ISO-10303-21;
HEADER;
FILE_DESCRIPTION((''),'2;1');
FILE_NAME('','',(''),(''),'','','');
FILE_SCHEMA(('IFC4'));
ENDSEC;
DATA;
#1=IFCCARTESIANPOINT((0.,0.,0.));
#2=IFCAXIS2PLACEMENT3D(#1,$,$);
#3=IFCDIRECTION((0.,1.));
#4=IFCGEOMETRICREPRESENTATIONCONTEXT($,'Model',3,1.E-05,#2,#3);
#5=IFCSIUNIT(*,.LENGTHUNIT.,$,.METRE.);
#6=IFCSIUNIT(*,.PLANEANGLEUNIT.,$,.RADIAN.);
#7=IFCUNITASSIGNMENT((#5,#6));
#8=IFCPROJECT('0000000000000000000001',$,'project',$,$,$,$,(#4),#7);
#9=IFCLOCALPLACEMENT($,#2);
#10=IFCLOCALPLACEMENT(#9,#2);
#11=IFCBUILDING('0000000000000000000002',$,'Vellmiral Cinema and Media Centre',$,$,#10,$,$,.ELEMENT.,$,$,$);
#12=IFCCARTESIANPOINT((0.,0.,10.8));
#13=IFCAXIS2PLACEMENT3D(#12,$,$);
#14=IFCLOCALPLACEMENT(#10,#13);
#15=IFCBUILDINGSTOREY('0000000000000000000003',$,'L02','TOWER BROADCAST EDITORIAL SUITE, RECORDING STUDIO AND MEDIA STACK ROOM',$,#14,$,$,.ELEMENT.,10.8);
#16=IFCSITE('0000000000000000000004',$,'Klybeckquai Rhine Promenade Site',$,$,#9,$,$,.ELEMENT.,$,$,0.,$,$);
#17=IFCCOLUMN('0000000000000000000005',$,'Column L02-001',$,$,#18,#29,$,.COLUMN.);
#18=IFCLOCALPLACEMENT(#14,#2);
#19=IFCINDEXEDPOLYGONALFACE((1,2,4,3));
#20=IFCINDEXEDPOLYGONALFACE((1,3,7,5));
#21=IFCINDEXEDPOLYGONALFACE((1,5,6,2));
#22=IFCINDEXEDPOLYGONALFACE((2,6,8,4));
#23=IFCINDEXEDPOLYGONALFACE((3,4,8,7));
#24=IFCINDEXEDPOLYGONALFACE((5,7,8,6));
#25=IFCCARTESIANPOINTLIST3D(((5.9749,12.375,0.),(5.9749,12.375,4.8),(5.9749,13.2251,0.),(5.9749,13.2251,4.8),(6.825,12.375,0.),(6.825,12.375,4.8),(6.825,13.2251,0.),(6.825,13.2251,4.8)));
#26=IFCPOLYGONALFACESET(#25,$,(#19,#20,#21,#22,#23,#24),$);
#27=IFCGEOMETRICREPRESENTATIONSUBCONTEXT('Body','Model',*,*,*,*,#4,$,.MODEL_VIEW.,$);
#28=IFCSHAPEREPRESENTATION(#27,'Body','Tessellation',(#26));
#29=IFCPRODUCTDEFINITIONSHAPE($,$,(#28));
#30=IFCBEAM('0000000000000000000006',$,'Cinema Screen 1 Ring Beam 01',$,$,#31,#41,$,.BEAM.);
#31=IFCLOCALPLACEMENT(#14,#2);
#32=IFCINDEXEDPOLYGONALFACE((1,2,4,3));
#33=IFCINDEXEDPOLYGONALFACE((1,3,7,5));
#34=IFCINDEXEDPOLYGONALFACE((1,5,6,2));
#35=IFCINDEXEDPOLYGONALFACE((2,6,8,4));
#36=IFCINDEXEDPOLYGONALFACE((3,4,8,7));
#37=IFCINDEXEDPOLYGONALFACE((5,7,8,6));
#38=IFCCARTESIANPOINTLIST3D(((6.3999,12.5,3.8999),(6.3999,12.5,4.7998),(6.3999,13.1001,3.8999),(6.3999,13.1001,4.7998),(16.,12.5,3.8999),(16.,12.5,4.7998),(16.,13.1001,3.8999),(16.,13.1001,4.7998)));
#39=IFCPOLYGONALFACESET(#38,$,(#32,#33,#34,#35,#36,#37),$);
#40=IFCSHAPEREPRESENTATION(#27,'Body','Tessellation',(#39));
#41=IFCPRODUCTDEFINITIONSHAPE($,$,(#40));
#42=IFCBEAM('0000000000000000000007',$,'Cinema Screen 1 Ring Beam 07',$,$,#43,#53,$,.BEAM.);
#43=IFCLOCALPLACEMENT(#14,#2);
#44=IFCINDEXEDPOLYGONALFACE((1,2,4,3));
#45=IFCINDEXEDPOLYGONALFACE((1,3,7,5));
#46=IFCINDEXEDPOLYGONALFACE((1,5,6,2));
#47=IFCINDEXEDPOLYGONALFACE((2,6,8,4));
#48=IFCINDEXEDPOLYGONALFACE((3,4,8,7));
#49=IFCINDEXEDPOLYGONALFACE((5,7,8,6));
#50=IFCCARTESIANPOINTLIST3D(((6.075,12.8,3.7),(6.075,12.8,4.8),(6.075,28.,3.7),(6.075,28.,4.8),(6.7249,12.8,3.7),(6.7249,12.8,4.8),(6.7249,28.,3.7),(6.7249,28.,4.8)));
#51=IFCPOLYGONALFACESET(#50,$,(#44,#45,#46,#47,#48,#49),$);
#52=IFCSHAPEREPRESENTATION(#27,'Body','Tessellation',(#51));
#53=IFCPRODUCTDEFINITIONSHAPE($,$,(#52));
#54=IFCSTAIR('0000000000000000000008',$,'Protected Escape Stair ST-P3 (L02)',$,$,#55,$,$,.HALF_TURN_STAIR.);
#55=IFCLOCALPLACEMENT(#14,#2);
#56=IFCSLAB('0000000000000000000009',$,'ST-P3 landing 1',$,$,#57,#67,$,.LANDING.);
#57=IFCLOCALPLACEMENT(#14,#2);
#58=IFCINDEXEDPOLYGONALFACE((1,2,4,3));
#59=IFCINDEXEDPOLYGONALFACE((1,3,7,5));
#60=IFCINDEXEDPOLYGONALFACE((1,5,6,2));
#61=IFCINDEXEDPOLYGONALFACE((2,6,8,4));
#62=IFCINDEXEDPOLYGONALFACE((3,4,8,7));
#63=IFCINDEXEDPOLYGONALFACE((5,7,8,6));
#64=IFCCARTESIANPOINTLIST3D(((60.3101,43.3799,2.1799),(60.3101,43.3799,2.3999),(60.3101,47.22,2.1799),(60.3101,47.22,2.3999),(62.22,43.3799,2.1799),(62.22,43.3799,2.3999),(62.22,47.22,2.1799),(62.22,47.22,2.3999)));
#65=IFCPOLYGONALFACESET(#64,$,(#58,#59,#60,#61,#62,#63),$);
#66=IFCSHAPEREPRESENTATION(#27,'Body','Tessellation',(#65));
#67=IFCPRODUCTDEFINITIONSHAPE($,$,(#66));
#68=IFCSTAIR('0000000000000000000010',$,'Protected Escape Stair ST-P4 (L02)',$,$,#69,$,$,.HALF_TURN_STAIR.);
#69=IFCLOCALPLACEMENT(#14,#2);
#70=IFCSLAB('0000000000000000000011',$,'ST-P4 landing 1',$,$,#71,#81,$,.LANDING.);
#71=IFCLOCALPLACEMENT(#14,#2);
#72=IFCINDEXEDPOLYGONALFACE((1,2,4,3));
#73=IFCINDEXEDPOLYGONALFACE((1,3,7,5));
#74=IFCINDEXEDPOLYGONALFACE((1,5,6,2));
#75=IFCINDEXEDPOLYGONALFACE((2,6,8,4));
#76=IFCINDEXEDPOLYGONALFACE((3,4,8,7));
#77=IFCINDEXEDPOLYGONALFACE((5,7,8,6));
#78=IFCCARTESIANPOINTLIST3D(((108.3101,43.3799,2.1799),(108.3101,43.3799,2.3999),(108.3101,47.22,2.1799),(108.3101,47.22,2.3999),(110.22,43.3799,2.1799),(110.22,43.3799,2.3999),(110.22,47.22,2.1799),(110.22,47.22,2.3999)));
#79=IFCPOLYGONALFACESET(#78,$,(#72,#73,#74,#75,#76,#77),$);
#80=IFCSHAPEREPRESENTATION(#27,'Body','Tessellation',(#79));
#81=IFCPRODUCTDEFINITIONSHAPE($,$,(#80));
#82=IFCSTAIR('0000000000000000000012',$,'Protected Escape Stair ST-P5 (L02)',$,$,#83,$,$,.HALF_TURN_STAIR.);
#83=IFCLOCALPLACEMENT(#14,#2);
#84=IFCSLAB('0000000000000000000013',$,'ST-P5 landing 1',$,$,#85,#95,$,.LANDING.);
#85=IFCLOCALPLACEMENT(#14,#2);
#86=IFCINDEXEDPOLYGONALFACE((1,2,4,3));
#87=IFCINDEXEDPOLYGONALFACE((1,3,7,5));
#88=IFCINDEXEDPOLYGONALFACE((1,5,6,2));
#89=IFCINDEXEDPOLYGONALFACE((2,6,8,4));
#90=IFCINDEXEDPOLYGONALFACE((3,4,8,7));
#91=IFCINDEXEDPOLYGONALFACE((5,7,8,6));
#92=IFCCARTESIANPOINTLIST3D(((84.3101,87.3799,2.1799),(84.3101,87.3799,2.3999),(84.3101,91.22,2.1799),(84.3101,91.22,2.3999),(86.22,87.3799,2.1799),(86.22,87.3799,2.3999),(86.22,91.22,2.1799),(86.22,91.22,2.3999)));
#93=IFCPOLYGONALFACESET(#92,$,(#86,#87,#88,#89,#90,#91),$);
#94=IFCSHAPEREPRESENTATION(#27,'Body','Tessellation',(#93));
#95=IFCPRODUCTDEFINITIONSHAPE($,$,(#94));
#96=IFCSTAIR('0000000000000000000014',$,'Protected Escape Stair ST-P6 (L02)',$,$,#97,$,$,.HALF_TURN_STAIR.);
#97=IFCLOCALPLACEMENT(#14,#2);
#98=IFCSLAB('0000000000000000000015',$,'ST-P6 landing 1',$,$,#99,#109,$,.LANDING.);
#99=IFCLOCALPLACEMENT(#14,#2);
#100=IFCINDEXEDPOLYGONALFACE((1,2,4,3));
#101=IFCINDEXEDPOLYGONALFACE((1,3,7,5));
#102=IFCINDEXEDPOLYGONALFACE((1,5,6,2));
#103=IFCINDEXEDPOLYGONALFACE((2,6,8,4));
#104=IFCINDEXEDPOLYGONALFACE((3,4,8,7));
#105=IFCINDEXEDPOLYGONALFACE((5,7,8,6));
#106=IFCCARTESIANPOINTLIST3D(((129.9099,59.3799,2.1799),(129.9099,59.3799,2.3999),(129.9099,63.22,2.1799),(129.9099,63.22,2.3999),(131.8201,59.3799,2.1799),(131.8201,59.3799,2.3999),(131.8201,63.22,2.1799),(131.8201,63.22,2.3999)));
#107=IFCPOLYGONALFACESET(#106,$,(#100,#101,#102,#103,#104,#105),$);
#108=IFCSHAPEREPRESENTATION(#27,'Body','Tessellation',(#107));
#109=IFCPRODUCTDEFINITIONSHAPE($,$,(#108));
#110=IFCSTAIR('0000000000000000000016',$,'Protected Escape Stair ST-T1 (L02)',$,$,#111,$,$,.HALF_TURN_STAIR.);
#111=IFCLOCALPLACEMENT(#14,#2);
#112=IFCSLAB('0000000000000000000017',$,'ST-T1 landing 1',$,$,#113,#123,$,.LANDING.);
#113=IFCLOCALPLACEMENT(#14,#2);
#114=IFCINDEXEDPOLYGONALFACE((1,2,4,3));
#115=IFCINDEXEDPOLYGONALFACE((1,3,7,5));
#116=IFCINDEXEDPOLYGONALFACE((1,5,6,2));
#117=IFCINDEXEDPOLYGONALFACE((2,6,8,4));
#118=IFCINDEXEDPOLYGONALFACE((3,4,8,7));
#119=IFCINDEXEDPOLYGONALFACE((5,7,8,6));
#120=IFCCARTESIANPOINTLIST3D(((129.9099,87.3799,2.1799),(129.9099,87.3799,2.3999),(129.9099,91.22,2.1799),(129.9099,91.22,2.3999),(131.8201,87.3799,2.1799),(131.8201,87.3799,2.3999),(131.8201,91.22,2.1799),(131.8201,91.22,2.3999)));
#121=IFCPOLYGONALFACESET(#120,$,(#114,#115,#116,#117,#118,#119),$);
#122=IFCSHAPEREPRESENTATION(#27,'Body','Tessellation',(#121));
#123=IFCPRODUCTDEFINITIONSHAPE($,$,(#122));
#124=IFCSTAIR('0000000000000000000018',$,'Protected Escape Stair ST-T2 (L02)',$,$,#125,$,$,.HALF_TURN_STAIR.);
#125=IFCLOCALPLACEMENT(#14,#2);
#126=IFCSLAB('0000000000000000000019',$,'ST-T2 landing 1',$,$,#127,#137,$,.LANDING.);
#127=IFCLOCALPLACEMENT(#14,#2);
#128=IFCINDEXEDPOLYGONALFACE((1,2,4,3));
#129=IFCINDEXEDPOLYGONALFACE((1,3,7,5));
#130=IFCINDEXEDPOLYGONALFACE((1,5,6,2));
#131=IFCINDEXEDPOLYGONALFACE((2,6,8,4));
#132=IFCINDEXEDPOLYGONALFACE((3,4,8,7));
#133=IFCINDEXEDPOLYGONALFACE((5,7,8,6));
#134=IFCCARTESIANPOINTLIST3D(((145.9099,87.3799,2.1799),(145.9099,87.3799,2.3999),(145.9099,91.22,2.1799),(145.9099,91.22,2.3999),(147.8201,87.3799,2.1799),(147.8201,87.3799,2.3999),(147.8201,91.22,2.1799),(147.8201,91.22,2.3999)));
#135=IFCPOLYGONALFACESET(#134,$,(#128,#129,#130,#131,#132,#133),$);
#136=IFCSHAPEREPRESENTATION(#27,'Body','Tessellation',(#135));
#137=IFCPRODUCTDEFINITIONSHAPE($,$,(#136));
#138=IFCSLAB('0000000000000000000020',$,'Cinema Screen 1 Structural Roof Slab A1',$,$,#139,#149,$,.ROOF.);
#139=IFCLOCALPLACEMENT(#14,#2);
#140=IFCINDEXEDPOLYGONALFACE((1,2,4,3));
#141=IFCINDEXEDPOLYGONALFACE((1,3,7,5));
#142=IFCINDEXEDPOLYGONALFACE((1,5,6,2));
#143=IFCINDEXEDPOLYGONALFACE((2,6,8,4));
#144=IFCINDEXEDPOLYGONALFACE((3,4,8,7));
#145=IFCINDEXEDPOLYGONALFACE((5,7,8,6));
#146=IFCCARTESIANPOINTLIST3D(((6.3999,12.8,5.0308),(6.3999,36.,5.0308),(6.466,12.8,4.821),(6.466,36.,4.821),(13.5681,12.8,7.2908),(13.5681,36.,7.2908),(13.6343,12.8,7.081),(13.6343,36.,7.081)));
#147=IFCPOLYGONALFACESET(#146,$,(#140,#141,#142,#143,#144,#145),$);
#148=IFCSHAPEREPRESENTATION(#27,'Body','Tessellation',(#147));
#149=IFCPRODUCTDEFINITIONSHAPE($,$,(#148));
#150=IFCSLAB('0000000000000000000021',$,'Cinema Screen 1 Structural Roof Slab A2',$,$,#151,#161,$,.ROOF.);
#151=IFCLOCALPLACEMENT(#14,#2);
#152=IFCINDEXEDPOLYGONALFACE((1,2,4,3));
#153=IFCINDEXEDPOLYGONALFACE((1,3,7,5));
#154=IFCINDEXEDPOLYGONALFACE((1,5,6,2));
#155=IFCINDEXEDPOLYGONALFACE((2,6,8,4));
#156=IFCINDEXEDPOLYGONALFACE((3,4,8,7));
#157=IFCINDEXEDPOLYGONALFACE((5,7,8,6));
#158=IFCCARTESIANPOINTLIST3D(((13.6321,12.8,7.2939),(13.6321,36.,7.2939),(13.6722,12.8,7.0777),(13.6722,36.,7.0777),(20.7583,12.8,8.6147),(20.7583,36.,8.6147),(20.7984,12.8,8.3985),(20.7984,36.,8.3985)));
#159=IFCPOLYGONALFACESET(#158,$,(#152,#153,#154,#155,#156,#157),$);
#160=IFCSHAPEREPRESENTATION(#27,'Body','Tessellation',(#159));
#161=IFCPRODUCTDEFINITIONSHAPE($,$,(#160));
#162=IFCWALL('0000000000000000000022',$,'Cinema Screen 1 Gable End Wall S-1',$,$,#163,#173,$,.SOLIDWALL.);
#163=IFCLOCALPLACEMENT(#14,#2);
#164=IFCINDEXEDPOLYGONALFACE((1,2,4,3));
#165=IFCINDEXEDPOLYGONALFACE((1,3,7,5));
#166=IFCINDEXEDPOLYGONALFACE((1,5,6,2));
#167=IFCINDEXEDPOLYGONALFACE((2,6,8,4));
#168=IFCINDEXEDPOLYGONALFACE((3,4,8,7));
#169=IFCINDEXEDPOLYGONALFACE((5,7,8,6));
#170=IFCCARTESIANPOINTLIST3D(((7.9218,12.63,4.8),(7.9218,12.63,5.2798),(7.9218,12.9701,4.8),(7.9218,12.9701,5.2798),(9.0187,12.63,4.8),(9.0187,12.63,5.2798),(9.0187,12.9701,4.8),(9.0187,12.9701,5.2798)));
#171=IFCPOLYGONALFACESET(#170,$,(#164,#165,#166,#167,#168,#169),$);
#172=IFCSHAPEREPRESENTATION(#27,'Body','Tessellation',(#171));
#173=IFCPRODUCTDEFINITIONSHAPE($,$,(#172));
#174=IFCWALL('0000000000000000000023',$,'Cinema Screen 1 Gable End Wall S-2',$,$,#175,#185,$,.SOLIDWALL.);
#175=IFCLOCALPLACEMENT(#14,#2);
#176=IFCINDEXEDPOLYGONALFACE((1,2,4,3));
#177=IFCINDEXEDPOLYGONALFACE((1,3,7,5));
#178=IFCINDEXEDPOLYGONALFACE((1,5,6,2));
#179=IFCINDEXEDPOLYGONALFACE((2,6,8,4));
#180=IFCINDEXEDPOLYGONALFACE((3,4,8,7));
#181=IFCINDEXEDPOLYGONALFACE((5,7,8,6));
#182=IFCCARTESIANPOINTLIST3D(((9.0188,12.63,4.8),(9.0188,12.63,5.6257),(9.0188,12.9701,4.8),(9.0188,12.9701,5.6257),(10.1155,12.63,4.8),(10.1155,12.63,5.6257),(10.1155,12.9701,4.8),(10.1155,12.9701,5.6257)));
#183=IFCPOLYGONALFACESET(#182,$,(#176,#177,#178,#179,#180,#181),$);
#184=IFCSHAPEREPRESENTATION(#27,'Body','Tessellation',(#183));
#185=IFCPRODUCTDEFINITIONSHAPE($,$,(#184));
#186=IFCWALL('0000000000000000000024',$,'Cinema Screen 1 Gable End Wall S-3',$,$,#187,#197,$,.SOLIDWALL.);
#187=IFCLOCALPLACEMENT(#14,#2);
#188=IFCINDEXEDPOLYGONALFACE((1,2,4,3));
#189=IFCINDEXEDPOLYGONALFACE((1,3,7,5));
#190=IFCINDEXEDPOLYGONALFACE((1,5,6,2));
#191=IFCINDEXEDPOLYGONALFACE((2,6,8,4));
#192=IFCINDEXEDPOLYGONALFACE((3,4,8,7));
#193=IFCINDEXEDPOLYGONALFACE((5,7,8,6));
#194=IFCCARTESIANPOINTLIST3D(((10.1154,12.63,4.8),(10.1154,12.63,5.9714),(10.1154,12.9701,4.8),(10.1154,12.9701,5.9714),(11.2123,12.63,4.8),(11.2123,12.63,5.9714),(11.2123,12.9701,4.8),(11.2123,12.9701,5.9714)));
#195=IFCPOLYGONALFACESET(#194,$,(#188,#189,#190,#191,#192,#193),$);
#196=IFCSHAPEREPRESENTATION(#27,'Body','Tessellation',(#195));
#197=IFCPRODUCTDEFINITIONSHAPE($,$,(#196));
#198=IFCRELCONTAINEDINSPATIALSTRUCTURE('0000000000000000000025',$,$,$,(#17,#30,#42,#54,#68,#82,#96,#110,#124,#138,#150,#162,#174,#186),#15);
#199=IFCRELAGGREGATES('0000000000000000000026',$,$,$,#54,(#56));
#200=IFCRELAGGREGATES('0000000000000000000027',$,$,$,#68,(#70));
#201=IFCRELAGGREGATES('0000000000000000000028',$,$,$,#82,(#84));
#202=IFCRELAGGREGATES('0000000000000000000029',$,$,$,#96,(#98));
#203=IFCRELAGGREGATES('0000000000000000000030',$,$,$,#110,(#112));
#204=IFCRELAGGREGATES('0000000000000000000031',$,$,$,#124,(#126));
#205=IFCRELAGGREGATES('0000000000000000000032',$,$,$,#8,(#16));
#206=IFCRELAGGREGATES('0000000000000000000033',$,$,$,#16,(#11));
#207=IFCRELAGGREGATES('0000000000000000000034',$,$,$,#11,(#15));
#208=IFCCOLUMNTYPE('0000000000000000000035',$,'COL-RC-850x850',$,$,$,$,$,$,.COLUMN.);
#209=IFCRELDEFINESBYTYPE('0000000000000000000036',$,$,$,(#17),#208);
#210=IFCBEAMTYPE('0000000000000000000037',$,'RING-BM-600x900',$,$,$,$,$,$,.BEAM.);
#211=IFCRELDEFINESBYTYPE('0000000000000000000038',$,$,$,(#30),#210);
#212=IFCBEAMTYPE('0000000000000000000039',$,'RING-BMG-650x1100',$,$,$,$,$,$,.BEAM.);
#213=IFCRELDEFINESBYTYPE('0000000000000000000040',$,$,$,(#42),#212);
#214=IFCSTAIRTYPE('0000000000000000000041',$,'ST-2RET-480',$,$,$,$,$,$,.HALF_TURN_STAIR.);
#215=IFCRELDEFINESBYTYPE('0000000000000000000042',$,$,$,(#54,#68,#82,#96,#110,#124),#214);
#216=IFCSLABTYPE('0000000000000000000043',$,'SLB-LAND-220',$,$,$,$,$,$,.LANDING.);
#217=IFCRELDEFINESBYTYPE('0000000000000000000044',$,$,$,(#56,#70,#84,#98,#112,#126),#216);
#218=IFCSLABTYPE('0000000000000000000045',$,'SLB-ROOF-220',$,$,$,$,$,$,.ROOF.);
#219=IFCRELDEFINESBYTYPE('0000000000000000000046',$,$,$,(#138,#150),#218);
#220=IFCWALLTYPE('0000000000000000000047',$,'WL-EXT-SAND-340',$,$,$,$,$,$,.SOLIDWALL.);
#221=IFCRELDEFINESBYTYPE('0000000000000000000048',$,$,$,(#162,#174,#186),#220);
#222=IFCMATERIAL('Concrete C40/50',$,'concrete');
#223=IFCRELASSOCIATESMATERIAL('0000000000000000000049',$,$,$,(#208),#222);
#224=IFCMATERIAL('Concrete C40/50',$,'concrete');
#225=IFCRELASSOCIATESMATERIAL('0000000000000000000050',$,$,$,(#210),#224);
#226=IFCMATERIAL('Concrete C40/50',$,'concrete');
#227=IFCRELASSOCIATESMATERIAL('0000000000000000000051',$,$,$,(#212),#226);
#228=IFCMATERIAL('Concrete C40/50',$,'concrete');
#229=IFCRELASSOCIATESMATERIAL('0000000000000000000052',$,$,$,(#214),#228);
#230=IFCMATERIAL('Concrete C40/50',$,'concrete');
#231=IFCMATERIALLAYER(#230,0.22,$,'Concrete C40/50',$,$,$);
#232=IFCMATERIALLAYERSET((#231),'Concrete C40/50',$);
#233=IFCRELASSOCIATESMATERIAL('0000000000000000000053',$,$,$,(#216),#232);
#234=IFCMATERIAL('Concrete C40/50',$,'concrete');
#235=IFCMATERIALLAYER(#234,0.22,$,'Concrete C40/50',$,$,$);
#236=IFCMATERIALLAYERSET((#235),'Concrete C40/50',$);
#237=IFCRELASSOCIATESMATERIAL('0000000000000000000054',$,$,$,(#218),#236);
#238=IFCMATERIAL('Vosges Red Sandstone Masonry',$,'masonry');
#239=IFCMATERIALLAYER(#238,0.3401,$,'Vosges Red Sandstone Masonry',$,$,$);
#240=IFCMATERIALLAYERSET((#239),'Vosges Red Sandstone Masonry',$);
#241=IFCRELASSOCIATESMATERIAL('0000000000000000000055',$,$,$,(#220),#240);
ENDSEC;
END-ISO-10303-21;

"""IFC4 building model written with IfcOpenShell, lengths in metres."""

from ifc_helpers import new_model, si_unit, direction, frame, frame_2d, origin, origin_2d, place, context, subcontext, project, spatial, polyline, rectangle, outline, extrude, material, layer, layer_set, material_profile, profile_set, type_object, element, aggregate, save


model = new_model("IFC4")

# Units and contexts
model_context = context("Model", 3, precision=1e-05, world=origin(), true_north=direction((0.0, 1.0)))
body_context = subcontext(model_context, "Body", "Model", "MODEL_VIEW")
ifc_project = project(units=[si_unit("LENGTHUNIT", "METRE"), si_unit("PLANEANGLEUNIT", "RADIAN")], contexts=[model_context])

# Site, building, storey
site_placement = place(None, origin())
site = spatial("IfcSite", under=ifc_project, at=site_placement, Name="Klybeckquai Rhine Promenade Site", CompositionType="ELEMENT", RefElevation=0.0)
building_placement = place(site_placement, origin())
building = spatial("IfcBuilding", under=site, at=building_placement, Name="Vellmiral Cinema and Media Centre", CompositionType="ELEMENT")
storey_placement = place(building_placement, frame((0.0, 0.0, 10.8)))
storey = spatial("IfcBuildingStorey", under=building, at=storey_placement, Name="L02", Description="TOWER BROADCAST EDITORIAL SUITE, RECORDING STUDIO AND MEDIA STACK ROOM", CompositionType="ELEMENT", Elevation=10.8)

# Column
ifc_material_1 = material(Name="Concrete C40/50", Category="concrete")
ifc_material_profile_1 = material_profile(ifc_material_1, rectangle(XDim=0.8501, YDim=0.8501, at=origin_2d()), Name="RC 850x850")
ifc_profile_set_1 = profile_set([ifc_material_profile_1], Name="Concrete C40/50")
column_type = type_object("IfcColumnType", Name="COL-RC-850x850", PredefinedType="COLUMN", material=ifc_profile_set_1)
column_placement = place(storey_placement, frame((6.3999, 12.8, 0.0), z_axis=(0.0, 0.0, 1.0), x_axis=(1.0, 0.0, 0.0)))
element("IfcColumn", 1, at=column_placement, inside=storey, type_object=column_type, Name="Column L02-001", PredefinedType="COLUMN", context=body_context, shape_type="SweptSolid", body=[
    extrude(rectangle(XDim=0.8501, YDim=0.8501, at=origin_2d()), origin(), (0.0, 0.0, 1.0), 4.8),
])

# Beams
ifc_material_2 = material(Name="Concrete C40/50", Category="concrete")
ifc_material_profile_2 = material_profile(ifc_material_2, rectangle(XDim=0.6001, YDim=0.8999, at=origin_2d()), Name="RC 600x900")
ifc_profile_set_2 = profile_set([ifc_material_profile_2], Name="Concrete C40/50")
beam_type_1 = type_object("IfcBeamType", Name="RING-BM-600x900", PredefinedType="BEAM", material=ifc_profile_set_2)
beam_1_placement = place(storey_placement, frame((6.3999, 12.8, 4.3499), z_axis=(1.0, 0.0, 0.0), x_axis=(0.0, 1.0, 0.0)))
element("IfcBeam", 2, at=beam_1_placement, inside=storey, type_object=beam_type_1, Name="Cinema Screen 1 Ring Beam 01", PredefinedType="BEAM", context=body_context, shape_type="SweptSolid", body=[
    extrude(rectangle(XDim=0.6001, YDim=0.8999, at=origin_2d()), origin(), (0.0, 0.0, 1.0), 9.6001),
])
ifc_material_3 = material(Name="Concrete C40/50", Category="concrete")
ifc_material_profile_3 = material_profile(ifc_material_3, rectangle(XDim=0.6499, YDim=1.1001, at=origin_2d()), Name="RC 650x1100")
ifc_profile_set_3 = profile_set([ifc_material_profile_3], Name="Concrete C40/50")
beam_type_2 = type_object("IfcBeamType", Name="RING-BMG-650x1100", PredefinedType="BEAM", material=ifc_profile_set_3)
beam_2_placement = place(storey_placement, frame((6.3999, 12.8, 4.25), z_axis=(0.0, 1.0, 0.0), x_axis=(-1.0, 0.0, 0.0)))
element("IfcBeam", 3, at=beam_2_placement, inside=storey, type_object=beam_type_2, Name="Cinema Screen 1 Ring Beam 07", PredefinedType="BEAM", context=body_context, shape_type="SweptSolid", body=[
    extrude(rectangle(XDim=0.6499, YDim=1.1001, at=origin_2d()), origin(), (0.0, 0.0, 1.0), 15.2),
])

# Stairs, slabs
ifc_material_4 = material(Name="Concrete C40/50", Category="concrete")
stair_type = type_object("IfcStairType", Name="ST-2RET-480", PredefinedType="HALF_TURN_STAIR", material=ifc_material_4)
stair_1_placement = place(storey_placement, origin())
stair_1 = element("IfcStair", 4, at=stair_1_placement, inside=storey, type_object=stair_type, Name="Protected Escape Stair ST-P3 (L02)", PredefinedType="HALF_TURN_STAIR")
ifc_material_5 = material(Name="Concrete C40/50", Category="concrete")
ifc_layer_1 = layer(ifc_material_5, 0.22, Name="Concrete C40/50")
ifc_layer_set_1 = layer_set([ifc_layer_1], Name="Concrete C40/50")
slab_type_1 = type_object("IfcSlabType", Name="SLB-LAND-220", PredefinedType="LANDING", material=ifc_layer_set_1)
slab_1_placement = place(storey_placement, frame((0.0, 0.0, 2.1799)))
slab_1 = element("IfcSlab", 5, at=slab_1_placement, type_object=slab_type_1, Name="ST-P3 landing 1", PredefinedType="LANDING", context=body_context, shape_type="SweptSolid", body=[
    extrude(outline(polyline([(60.3101, 43.3799), (62.22, 43.3799), (62.22, 47.22), (60.3101, 47.22), (60.3101, 43.3799)])), origin(), (0.0, 0.0, 1.0), 0.22),
])
aggregate(stair_1, [slab_1])
stair_2_placement = place(storey_placement, origin())
stair_2 = element("IfcStair", 6, at=stair_2_placement, inside=storey, type_object=stair_type, Name="Protected Escape Stair ST-P4 (L02)", PredefinedType="HALF_TURN_STAIR")
slab_2_placement = place(storey_placement, frame((0.0, 0.0, 2.1799)))
slab_2 = element("IfcSlab", 7, at=slab_2_placement, type_object=slab_type_1, Name="ST-P4 landing 1", PredefinedType="LANDING", context=body_context, shape_type="SweptSolid", body=[
    extrude(outline(polyline([(108.3101, 43.3799), (110.22, 43.3799), (110.22, 47.22), (108.3101, 47.22), (108.3101, 43.3799)])), origin(), (0.0, 0.0, 1.0), 0.22),
])
aggregate(stair_2, [slab_2])
stair_3_placement = place(storey_placement, origin())
stair_3 = element("IfcStair", 8, at=stair_3_placement, inside=storey, type_object=stair_type, Name="Protected Escape Stair ST-P5 (L02)", PredefinedType="HALF_TURN_STAIR")
slab_3_placement = place(storey_placement, frame((0.0, 0.0, 2.1799)))
slab_3 = element("IfcSlab", 9, at=slab_3_placement, type_object=slab_type_1, Name="ST-P5 landing 1", PredefinedType="LANDING", context=body_context, shape_type="SweptSolid", body=[
    extrude(outline(polyline([(84.3101, 87.3799), (86.22, 87.3799), (86.22, 91.22), (84.3101, 91.22), (84.3101, 87.3799)])), origin(), (0.0, 0.0, 1.0), 0.22),
])
aggregate(stair_3, [slab_3])
stair_4_placement = place(storey_placement, origin())
stair_4 = element("IfcStair", 10, at=stair_4_placement, inside=storey, type_object=stair_type, Name="Protected Escape Stair ST-P6 (L02)", PredefinedType="HALF_TURN_STAIR")
slab_4_placement = place(storey_placement, frame((0.0, 0.0, 2.1799)))
slab_4 = element("IfcSlab", 11, at=slab_4_placement, type_object=slab_type_1, Name="ST-P6 landing 1", PredefinedType="LANDING", context=body_context, shape_type="SweptSolid", body=[
    extrude(outline(polyline([(129.9099, 59.3799), (131.8201, 59.3799), (131.8201, 63.22), (129.9099, 63.22), (129.9099, 59.3799)])), origin(), (0.0, 0.0, 1.0), 0.22),
])
aggregate(stair_4, [slab_4])
stair_5_placement = place(storey_placement, origin())
stair_5 = element("IfcStair", 12, at=stair_5_placement, inside=storey, type_object=stair_type, Name="Protected Escape Stair ST-T1 (L02)", PredefinedType="HALF_TURN_STAIR")
slab_5_placement = place(storey_placement, frame((0.0, 0.0, 2.1799)))
slab_5 = element("IfcSlab", 13, at=slab_5_placement, type_object=slab_type_1, Name="ST-T1 landing 1", PredefinedType="LANDING", context=body_context, shape_type="SweptSolid", body=[
    extrude(outline(polyline([(129.9099, 87.3799), (131.8201, 87.3799), (131.8201, 91.22), (129.9099, 91.22), (129.9099, 87.3799)])), origin(), (0.0, 0.0, 1.0), 0.22),
])
aggregate(stair_5, [slab_5])
stair_6_placement = place(storey_placement, origin())
stair_6 = element("IfcStair", 14, at=stair_6_placement, inside=storey, type_object=stair_type, Name="Protected Escape Stair ST-T2 (L02)", PredefinedType="HALF_TURN_STAIR")
slab_6_placement = place(storey_placement, frame((0.0, 0.0, 2.1799)))
slab_6 = element("IfcSlab", 15, at=slab_6_placement, type_object=slab_type_1, Name="ST-T2 landing 1", PredefinedType="LANDING", context=body_context, shape_type="SweptSolid", body=[
    extrude(outline(polyline([(145.9099, 87.3799), (147.8201, 87.3799), (147.8201, 91.22), (145.9099, 91.22), (145.9099, 87.3799)])), origin(), (0.0, 0.0, 1.0), 0.22),
])
aggregate(stair_6, [slab_6])

# Slabs
ifc_material_6 = material(Name="Concrete C40/50", Category="concrete")
ifc_layer_2 = layer(ifc_material_6, 0.22, Name="Concrete C40/50")
ifc_layer_set_2 = layer_set([ifc_layer_2], Name="Concrete C40/50")
slab_type_2 = type_object("IfcSlabType", Name="SLB-ROOF-220", PredefinedType="ROOF", material=ifc_layer_set_2)
slab_7_placement = place(storey_placement, frame((6.3999, 12.8, 5.0308), z_axis=(-0.300691, 0.0, 0.953721), x_axis=(0.953721, 0.0, 0.300691)))
element("IfcSlab", 16, at=slab_7_placement, inside=storey, type_object=slab_type_2, Name="Cinema Screen 1 Structural Roof Slab A1", PredefinedType="ROOF", context=body_context, shape_type="SweptSolid", body=[
    extrude(outline(polyline([(0.0, 0.0), (7.516, 0.0), (7.516, 23.2), (0.0, 23.2), (0.0, 0.0)])), origin(), (0.0, 0.0, -1.0), 0.22),
])
slab_8_placement = place(storey_placement, frame((13.6321, 12.8, 7.2939), z_axis=(-0.18224, 0.0, 0.983254), x_axis=(0.983254, 0.0, 0.18224)))
element("IfcSlab", 17, at=slab_8_placement, inside=storey, type_object=slab_type_2, Name="Cinema Screen 1 Structural Roof Slab A2", PredefinedType="ROOF", context=body_context, shape_type="SweptSolid", body=[
    extrude(outline(polyline([(0.0, 0.0), (7.2476, 0.0), (7.2476, 23.2), (0.0, 23.2), (0.0, 0.0)])), origin(), (0.0, 0.0, -1.0), 0.22),
])

# Walls
ifc_material_7 = material(Name="Vosges Red Sandstone Masonry", Category="masonry")
ifc_layer_3 = layer(ifc_material_7, 0.3401, Name="Vosges Red Sandstone Masonry")
ifc_layer_set_3 = layer_set([ifc_layer_3], Name="Vosges Red Sandstone Masonry")
wall_type_1 = type_object("IfcWallType", Name="WL-EXT-SAND-340", PredefinedType="SOLIDWALL", material=ifc_layer_set_3)
wall_1_placement = place(storey_placement, frame((7.9219, 12.8, 4.8), z_axis=(0.0, 0.0, 1.0), x_axis=(1.0, 0.0, 0.0)))
element("IfcWall", 18, at=wall_1_placement, inside=storey, type_object=wall_type_1, Name="Cinema Screen 1 Gable End Wall S-1", PredefinedType="SOLIDWALL", context=body_context, shape_type="SweptSolid", body=[
    extrude(rectangle(XDim=1.0969, YDim=0.3401, at=frame_2d((0.5483, 0.0))), origin(), (0.0, 0.0, 1.0), 0.4797),
])
wall_2_placement = place(storey_placement, frame((9.0188, 12.8, 4.8), z_axis=(0.0, 0.0, 1.0), x_axis=(1.0, 0.0, 0.0)))
element("IfcWall", 19, at=wall_2_placement, inside=storey, type_object=wall_type_1, Name="Cinema Screen 1 Gable End Wall S-2", PredefinedType="SOLIDWALL", context=body_context, shape_type="SweptSolid", body=[
    extrude(rectangle(XDim=1.0967, YDim=0.3401, at=frame_2d((0.5483, 0.0))), origin(), (0.0, 0.0, 1.0), 0.8257),
])
wall_3_placement = place(storey_placement, frame((10.1155, 12.8, 4.8), z_axis=(0.0, 0.0, 1.0), x_axis=(1.0, 0.0, 0.0)))
element("IfcWall", 20, at=wall_3_placement, inside=storey, type_object=wall_type_1, Name="Cinema Screen 1 Gable End Wall S-3", PredefinedType="SOLIDWALL", context=body_context, shape_type="SweptSolid", body=[
    extrude(rectangle(XDim=1.0969, YDim=0.3401, at=frame_2d((0.5483, 0.0))), origin(), (0.0, 0.0, 1.0), 1.1714),
])

save(model, "model.ifc")
